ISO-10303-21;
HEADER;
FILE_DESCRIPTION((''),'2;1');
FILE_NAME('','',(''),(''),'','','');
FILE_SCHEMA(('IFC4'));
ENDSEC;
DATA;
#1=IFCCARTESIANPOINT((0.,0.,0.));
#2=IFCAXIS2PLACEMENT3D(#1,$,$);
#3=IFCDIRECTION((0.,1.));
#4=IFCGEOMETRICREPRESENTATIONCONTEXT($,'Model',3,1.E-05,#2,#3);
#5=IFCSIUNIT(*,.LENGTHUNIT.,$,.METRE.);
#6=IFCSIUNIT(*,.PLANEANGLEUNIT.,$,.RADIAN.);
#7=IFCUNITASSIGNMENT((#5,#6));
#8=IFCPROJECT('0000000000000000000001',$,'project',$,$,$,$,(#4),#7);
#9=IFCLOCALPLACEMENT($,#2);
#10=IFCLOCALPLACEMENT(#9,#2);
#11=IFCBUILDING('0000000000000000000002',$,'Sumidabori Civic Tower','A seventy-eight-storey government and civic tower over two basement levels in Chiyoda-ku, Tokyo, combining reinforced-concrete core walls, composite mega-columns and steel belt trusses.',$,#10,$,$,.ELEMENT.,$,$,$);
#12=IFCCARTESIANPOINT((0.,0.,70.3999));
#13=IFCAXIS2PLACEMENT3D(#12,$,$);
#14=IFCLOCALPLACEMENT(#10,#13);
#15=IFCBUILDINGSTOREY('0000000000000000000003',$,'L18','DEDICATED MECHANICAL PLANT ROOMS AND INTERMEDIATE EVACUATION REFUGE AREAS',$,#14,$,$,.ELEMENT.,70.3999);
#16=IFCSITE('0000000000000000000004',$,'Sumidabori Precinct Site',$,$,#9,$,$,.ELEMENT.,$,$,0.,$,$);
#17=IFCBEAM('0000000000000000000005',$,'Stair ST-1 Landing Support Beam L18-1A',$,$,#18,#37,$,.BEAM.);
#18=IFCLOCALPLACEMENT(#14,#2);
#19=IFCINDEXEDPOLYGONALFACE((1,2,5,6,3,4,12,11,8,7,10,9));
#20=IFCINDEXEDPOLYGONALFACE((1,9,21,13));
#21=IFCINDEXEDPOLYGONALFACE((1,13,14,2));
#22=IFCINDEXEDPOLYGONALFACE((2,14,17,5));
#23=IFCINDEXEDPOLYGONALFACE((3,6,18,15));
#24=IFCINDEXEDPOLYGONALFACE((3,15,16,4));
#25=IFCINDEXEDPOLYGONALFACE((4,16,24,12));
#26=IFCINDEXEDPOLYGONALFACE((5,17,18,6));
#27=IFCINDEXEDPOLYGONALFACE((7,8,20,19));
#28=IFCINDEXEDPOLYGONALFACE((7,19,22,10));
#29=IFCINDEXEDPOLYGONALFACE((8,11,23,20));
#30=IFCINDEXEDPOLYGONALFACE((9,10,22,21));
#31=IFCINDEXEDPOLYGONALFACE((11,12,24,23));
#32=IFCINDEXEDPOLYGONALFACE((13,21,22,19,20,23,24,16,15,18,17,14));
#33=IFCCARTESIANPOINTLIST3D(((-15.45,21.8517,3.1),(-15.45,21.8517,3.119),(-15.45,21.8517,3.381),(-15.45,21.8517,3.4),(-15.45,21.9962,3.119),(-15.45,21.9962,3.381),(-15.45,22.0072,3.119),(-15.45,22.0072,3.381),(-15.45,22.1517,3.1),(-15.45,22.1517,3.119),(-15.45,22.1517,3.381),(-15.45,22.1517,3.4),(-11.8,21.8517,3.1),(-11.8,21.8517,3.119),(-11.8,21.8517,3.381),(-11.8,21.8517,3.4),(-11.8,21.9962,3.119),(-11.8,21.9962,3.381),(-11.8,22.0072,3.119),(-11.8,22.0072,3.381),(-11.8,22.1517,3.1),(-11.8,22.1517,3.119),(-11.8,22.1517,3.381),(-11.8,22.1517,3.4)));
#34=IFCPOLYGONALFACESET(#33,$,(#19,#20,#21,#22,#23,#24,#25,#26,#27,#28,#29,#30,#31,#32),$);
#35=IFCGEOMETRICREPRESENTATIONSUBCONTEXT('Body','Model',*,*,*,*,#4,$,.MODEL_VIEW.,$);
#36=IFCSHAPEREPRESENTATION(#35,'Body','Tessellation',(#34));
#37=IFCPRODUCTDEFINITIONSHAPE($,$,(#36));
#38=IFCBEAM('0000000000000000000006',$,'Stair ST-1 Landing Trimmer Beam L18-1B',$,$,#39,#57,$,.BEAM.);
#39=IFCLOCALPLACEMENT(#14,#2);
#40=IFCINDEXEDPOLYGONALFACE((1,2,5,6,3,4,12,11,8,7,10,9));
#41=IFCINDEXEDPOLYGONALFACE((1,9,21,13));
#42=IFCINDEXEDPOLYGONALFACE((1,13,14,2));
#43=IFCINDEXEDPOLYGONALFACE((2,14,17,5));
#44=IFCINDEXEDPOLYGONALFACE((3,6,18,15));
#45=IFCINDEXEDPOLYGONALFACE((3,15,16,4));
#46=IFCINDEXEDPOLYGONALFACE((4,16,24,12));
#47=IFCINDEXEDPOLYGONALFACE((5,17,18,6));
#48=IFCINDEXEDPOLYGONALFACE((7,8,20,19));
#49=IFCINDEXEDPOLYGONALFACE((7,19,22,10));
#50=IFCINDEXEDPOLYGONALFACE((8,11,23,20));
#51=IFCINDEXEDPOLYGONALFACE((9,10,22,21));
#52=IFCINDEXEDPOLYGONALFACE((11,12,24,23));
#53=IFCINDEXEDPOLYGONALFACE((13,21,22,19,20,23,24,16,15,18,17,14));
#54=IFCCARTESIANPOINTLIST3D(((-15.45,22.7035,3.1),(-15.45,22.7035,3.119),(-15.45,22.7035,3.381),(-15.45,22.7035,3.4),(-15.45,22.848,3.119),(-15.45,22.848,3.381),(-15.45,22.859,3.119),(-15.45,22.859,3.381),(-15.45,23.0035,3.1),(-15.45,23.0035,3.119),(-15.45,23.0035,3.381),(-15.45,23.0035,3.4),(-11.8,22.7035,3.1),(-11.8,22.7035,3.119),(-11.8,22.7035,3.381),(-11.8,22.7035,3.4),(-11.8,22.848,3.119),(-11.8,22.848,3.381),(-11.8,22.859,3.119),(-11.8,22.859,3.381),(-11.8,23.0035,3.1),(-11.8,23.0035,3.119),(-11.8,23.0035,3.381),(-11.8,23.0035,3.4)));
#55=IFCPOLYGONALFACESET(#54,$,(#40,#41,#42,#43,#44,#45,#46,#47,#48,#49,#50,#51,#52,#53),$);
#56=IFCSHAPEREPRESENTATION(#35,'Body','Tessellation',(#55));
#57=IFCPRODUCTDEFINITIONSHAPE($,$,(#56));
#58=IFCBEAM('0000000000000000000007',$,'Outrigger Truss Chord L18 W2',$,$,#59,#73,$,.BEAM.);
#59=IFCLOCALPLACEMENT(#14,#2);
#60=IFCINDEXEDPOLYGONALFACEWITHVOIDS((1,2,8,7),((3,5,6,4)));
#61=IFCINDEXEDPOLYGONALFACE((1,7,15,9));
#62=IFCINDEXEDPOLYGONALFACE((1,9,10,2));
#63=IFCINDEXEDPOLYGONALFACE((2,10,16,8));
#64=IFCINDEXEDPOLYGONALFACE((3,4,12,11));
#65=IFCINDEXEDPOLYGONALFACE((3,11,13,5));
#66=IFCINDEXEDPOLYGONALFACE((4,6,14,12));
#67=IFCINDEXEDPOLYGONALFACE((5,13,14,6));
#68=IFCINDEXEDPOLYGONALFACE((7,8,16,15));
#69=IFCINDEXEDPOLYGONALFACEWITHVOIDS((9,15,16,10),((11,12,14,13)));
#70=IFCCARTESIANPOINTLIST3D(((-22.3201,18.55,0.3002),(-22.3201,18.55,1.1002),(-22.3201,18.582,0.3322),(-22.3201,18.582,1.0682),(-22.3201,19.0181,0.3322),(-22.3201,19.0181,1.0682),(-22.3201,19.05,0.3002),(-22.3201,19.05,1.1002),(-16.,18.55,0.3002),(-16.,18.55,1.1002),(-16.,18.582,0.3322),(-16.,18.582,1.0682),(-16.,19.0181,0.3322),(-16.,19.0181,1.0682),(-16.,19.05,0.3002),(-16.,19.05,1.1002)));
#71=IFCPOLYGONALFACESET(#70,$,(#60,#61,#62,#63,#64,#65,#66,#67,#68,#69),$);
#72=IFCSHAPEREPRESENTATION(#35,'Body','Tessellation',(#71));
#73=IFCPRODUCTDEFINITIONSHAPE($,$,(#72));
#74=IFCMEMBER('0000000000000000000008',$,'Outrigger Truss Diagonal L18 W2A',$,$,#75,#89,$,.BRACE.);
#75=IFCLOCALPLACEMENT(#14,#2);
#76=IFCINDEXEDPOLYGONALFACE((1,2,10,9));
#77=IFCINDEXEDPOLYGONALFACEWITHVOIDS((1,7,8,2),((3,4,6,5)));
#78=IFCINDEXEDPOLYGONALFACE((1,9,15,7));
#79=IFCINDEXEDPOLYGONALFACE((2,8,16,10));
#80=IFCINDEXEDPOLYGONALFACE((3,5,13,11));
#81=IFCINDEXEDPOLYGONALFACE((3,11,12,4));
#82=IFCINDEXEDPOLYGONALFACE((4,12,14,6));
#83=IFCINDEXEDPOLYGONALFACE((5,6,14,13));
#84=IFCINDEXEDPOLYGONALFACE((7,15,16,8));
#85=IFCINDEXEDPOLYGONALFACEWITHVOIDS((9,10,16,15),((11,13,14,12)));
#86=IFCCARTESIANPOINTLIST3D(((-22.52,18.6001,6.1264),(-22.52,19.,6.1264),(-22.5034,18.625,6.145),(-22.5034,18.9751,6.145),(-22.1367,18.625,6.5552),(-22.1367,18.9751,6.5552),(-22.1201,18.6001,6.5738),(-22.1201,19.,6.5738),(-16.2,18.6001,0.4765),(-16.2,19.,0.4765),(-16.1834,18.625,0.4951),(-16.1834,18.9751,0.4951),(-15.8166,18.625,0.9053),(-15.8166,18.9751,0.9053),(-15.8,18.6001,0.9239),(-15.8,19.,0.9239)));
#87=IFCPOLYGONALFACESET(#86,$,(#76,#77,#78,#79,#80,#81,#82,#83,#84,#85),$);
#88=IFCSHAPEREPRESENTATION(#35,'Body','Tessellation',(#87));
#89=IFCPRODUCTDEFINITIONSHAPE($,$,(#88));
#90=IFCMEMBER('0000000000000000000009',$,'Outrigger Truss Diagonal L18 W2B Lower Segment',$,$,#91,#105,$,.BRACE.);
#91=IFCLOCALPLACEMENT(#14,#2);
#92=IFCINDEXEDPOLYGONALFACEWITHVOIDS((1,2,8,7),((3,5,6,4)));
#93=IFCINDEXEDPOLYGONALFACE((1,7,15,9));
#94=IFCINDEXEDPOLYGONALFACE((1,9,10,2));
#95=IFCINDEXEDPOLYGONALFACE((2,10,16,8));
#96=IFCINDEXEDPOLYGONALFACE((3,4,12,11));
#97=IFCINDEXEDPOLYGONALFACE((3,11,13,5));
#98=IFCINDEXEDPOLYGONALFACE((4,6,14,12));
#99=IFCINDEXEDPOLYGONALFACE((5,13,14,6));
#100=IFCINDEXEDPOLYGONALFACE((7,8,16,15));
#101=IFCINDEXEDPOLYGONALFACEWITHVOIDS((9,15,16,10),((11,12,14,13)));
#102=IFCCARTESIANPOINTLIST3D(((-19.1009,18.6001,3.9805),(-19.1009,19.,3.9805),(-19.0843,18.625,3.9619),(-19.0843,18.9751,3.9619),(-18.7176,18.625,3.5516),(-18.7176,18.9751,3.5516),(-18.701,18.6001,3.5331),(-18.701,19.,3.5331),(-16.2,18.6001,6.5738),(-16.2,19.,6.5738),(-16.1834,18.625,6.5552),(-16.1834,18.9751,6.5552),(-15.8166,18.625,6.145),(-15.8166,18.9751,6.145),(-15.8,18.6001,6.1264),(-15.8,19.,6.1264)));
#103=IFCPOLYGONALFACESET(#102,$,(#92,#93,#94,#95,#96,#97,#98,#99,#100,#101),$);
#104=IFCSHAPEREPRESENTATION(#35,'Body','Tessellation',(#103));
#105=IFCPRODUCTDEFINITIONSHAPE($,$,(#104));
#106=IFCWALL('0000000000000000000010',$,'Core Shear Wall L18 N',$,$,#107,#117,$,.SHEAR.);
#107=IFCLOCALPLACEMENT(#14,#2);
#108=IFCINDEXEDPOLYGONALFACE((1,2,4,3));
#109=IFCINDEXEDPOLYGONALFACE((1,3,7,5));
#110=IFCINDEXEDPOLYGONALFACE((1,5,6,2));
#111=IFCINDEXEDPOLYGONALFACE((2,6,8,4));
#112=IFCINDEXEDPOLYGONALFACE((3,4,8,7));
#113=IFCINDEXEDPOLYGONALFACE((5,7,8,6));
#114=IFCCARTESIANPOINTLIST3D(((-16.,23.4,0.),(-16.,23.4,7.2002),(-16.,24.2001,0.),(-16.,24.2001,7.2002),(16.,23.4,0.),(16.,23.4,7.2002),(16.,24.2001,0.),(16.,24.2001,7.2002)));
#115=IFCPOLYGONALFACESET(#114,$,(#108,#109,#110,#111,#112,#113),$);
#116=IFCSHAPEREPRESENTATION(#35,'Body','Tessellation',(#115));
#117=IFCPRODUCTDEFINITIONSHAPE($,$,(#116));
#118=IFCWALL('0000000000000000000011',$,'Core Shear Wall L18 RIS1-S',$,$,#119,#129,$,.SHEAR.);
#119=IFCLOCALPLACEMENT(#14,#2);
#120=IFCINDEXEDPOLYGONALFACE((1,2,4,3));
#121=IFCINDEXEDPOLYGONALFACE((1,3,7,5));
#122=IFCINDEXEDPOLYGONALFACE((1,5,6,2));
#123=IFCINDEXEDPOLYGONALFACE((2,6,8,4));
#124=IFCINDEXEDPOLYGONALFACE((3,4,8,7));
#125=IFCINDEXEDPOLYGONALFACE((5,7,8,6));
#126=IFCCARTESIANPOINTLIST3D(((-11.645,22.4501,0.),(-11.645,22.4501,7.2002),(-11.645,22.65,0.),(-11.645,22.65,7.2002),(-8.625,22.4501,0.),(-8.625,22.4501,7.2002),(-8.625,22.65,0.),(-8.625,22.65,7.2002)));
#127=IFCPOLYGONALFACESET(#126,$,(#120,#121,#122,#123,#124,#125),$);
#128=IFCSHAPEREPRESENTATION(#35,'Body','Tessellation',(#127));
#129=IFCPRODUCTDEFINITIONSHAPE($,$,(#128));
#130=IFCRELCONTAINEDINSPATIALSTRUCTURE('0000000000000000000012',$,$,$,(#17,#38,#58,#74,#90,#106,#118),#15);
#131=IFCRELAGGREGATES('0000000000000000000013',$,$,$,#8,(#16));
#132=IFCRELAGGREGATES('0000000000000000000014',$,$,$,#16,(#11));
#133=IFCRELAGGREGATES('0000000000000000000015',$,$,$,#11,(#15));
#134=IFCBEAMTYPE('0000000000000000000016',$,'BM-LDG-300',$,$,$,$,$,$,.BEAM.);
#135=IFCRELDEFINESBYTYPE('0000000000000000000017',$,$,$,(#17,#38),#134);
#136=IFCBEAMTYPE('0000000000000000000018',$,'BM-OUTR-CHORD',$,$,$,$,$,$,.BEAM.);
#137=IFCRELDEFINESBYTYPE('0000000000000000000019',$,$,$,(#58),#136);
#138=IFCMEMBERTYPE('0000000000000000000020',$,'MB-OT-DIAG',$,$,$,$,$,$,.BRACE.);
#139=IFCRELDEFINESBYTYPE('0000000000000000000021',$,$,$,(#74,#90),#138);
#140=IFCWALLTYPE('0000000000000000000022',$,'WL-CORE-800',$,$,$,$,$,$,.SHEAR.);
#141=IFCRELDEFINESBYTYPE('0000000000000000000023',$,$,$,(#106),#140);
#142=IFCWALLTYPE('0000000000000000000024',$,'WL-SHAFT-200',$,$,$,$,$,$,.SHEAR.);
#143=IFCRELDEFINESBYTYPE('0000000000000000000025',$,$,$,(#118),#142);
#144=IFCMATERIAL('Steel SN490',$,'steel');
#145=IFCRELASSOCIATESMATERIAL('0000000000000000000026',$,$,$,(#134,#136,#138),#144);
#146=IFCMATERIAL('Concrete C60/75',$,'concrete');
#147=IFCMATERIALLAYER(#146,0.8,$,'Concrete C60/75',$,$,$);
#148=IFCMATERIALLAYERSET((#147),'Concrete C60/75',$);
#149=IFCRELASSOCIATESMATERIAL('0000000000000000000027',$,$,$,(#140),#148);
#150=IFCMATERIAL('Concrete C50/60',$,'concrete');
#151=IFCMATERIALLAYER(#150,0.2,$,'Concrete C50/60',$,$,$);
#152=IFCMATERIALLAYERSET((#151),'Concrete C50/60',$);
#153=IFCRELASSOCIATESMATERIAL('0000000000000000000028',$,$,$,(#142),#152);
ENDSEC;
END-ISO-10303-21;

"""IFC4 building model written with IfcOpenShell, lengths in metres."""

from ifc_helpers import new_model, si_unit, direction, frame, frame_2d, origin, origin_2d, place, context, subcontext, project, spatial, rectangle, hollow_rectangle, i_section, extrude, source, transform, mapped, material, layer, layer_set, material_profile, profile_set, type_object, element, save


model = new_model("IFC4")

# Units and contexts
model_context = context("Model", 3, precision=1e-05, world=origin(), true_north=direction((0.0, 1.0)))
body_context = subcontext(model_context, "Body", "Model", "MODEL_VIEW")
ifc_project = project(units=[si_unit("LENGTHUNIT", "METRE"), si_unit("PLANEANGLEUNIT", "RADIAN")], contexts=[model_context])

# Site, building, storey
site_placement = place(None, origin())
site = spatial("IfcSite", under=ifc_project, at=site_placement, Name="Sumidabori Precinct Site", CompositionType="ELEMENT", RefElevation=0.0)
building_placement = place(site_placement, origin())
building = spatial("IfcBuilding", under=site, at=building_placement, Name="Sumidabori Civic Tower", Description="A seventy-eight-storey government and civic tower over two basement levels in Chiyoda-ku, Tokyo, combining reinforced-concrete core walls, composite mega-columns and steel belt trusses.", CompositionType="ELEMENT")
storey_placement = place(building_placement, frame((0.0, 0.0, 70.3999)))
storey = spatial("IfcBuildingStorey", under=building, at=storey_placement, Name="L18", Description="DEDICATED MECHANICAL PLANT ROOMS AND INTERMEDIATE EVACUATION REFUGE AREAS", CompositionType="ELEMENT", Elevation=70.3999)

# Beams
ifc_material_1 = material(Name="Steel SN490", Category="steel")
ifc_material_profile_1 = material_profile(ifc_material_1, i_section(OverallWidth=0.3, OverallDepth=0.3, WebThickness=0.011, FlangeThickness=0.019, at=origin_2d()), Name="HE 300 B")
ifc_profile_set_1 = profile_set([ifc_material_profile_1], Name="Steel SN490")
beam_type_1 = type_object("IfcBeamType", Name="BM-LDG-300", PredefinedType="BEAM", material=ifc_profile_set_1)
shared_shape_1 = source(origin(), body_context, "Body", "SweptSolid", [
    extrude(i_section(OverallWidth=0.3, OverallDepth=0.3, WebThickness=0.011, FlangeThickness=0.019, at=origin_2d()), origin(), (0.0, 0.0, 1.0), 3.6499),
])
for number, where, z_axis, x_axis, name in (
    (1, (-15.45, 22.0017, 3.25), (1.0, 0.0, 0.0), (0.0, 1.0, 0.0), "Stair ST-1 Landing Support Beam L18-1A"),
    (2, (-15.45, 22.8535, 3.25), (1.0, 0.0, 0.0), (0.0, 1.0, 0.0), "Stair ST-1 Landing Trimmer Beam L18-1B"),
):
    element("IfcBeam", number, at=place(storey_placement, frame(where, z_axis=z_axis, x_axis=x_axis)), inside=storey, type_object=beam_type_1, Name=name, PredefinedType="BEAM", context=body_context, shape_type="MappedRepresentation", body=[
        mapped(shared_shape_1, transform((0.0, 0.0, 0.0), x_axis=(1.0, 0.0, 0.0), y_axis=(0.0, 1.0, 0.0), z_axis=(0.0, 0.0, 1.0), scale=1.0)),
    ])
ifc_material_profile_2 = material_profile(ifc_material_1, hollow_rectangle(XDim=0.5, YDim=0.8, WallThickness=0.032, at=origin_2d()), Name="RHS 800x500x32")
ifc_profile_set_2 = profile_set([ifc_material_profile_2], Name="Steel SN490")
beam_type_2 = type_object("IfcBeamType", Name="BM-OUTR-CHORD", PredefinedType="BEAM", material=ifc_profile_set_2)
shared_shape_2 = source(origin(), body_context, "Body", "SweptSolid", [
    extrude(hollow_rectangle(XDim=0.5, YDim=0.8, WallThickness=0.032, at=origin_2d()), origin(), (0.0, 0.0, 1.0), 6.3201),
])
beam_placement = place(storey_placement, frame((-16.0, 18.8, 0.7002), z_axis=(-1.0, 0.0, 0.0), x_axis=(0.0, -1.0, 0.0)))
element("IfcBeam", 3, at=beam_placement, inside=storey, type_object=beam_type_2, Name="Outrigger Truss Chord L18 W2", PredefinedType="BEAM", context=body_context, shape_type="MappedRepresentation", body=[
    mapped(shared_shape_2, transform((0.0, 0.0, 0.0), x_axis=(1.0, 0.0, 0.0), y_axis=(0.0, 1.0, 0.0), z_axis=(0.0, 0.0, 1.0), scale=1.0)),
])

# Members
ifc_material_profile_3 = material_profile(ifc_material_1, hollow_rectangle(XDim=0.3999, YDim=0.6001, WallThickness=0.0249, at=origin_2d()), Name="RHS 600x400x25")
ifc_profile_set_3 = profile_set([ifc_material_profile_3], Name="Steel SN490")
member_type = type_object("IfcMemberType", Name="MB-OT-DIAG", PredefinedType="BRACE", material=ifc_profile_set_3)
shared_shape_3 = source(origin(), body_context, "Body", "SweptSolid", [
    extrude(hollow_rectangle(XDim=0.3999, YDim=0.6001, WallThickness=0.0249, at=origin_2d()), origin(), (0.0, 0.0, 1.0), 8.4773),
])
member_1_placement = place(storey_placement, frame((-16.0, 18.8, 0.7002), z_axis=(-0.745528, 0.0, 0.666474), x_axis=(0.0, -1.0, 0.0)))
element("IfcMember", 4, at=member_1_placement, inside=storey, type_object=member_type, Name="Outrigger Truss Diagonal L18 W2A", PredefinedType="BRACE", context=body_context, shape_type="MappedRepresentation", body=[
    mapped(shared_shape_3, transform((0.0, 0.0, 0.0), x_axis=(1.0, 0.0, 0.0), y_axis=(0.0, 1.0, 0.0), z_axis=(0.0, 0.0, 1.0), scale=1.0)),
])
shared_shape_4 = source(origin(), body_context, "Body", "SweptSolid", [
    extrude(hollow_rectangle(XDim=0.3999, YDim=0.6001, WallThickness=0.0249, at=origin_2d()), origin(), (0.0, 0.0, 1.0), 3.8911),
])
member_2_placement = place(storey_placement, frame((-16.0, 18.8, 6.3501), z_axis=(-0.74553, 0.0, -0.666472), x_axis=(0.0, -1.0, 0.0)))
element("IfcMember", 5, at=member_2_placement, inside=storey, type_object=member_type, Name="Outrigger Truss Diagonal L18 W2B Lower Segment", PredefinedType="BRACE", context=body_context, shape_type="MappedRepresentation", body=[
    mapped(shared_shape_4, transform((0.0, 0.0, 0.0), x_axis=(1.0, 0.0, 0.0), y_axis=(0.0, 1.0, 0.0), z_axis=(0.0, 0.0, 1.0), scale=1.0)),
])

# Walls
ifc_material_2 = material(Name="Concrete C60/75", Category="concrete")
ifc_layer_1 = layer(ifc_material_2, 0.8, Name="Concrete C60/75")
ifc_layer_set_1 = layer_set([ifc_layer_1], Name="Concrete C60/75")
wall_type_1 = type_object("IfcWallType", Name="WL-CORE-800", PredefinedType="SHEAR", material=ifc_layer_set_1)
shared_shape_5 = source(origin(), body_context, "Body", "SweptSolid", [
    extrude(rectangle(XDim=32.0, YDim=0.8, at=frame_2d((16.0, 0.0))), origin(), (0.0, 0.0, 1.0), 7.2002),
])
wall_1_placement = place(storey_placement, frame((-16.0, 23.8, 0.0), z_axis=(0.0, 0.0, 1.0), x_axis=(1.0, 0.0, 0.0)))
element("IfcWall", 6, at=wall_1_placement, inside=storey, type_object=wall_type_1, Name="Core Shear Wall L18 N", PredefinedType="SHEAR", context=body_context, shape_type="MappedRepresentation", body=[
    mapped(shared_shape_5, transform((0.0, 0.0, 0.0), x_axis=(1.0, 0.0, 0.0), y_axis=(0.0, 1.0, 0.0), z_axis=(0.0, 0.0, 1.0), scale=1.0)),
])
ifc_material_3 = material(Name="Concrete C50/60", Category="concrete")
ifc_layer_2 = layer(ifc_material_3, 0.2, Name="Concrete C50/60")
ifc_layer_set_2 = layer_set([ifc_layer_2], Name="Concrete C50/60")
wall_type_2 = type_object("IfcWallType", Name="WL-SHAFT-200", PredefinedType="SHEAR", material=ifc_layer_set_2)
shared_shape_6 = source(origin(), body_context, "Body", "SweptSolid", [
    extrude(rectangle(XDim=3.02, YDim=0.2, at=frame_2d((1.51, 0.0))), origin(), (0.0, 0.0, 1.0), 7.2002),
])
wall_2_placement = place(storey_placement, frame((-11.645, 22.55, 0.0), z_axis=(0.0, 0.0, 1.0), x_axis=(1.0, 0.0, 0.0)))
element("IfcWall", 7, at=wall_2_placement, inside=storey, type_object=wall_type_2, Name="Core Shear Wall L18 RIS1-S", PredefinedType="SHEAR", context=body_context, shape_type="MappedRepresentation", body=[
    mapped(shared_shape_6, transform((0.0, 0.0, 0.0), x_axis=(1.0, 0.0, 0.0), y_axis=(0.0, 1.0, 0.0), z_axis=(0.0, 0.0, 1.0), scale=1.0)),
])

save(model, "model.ifc")
